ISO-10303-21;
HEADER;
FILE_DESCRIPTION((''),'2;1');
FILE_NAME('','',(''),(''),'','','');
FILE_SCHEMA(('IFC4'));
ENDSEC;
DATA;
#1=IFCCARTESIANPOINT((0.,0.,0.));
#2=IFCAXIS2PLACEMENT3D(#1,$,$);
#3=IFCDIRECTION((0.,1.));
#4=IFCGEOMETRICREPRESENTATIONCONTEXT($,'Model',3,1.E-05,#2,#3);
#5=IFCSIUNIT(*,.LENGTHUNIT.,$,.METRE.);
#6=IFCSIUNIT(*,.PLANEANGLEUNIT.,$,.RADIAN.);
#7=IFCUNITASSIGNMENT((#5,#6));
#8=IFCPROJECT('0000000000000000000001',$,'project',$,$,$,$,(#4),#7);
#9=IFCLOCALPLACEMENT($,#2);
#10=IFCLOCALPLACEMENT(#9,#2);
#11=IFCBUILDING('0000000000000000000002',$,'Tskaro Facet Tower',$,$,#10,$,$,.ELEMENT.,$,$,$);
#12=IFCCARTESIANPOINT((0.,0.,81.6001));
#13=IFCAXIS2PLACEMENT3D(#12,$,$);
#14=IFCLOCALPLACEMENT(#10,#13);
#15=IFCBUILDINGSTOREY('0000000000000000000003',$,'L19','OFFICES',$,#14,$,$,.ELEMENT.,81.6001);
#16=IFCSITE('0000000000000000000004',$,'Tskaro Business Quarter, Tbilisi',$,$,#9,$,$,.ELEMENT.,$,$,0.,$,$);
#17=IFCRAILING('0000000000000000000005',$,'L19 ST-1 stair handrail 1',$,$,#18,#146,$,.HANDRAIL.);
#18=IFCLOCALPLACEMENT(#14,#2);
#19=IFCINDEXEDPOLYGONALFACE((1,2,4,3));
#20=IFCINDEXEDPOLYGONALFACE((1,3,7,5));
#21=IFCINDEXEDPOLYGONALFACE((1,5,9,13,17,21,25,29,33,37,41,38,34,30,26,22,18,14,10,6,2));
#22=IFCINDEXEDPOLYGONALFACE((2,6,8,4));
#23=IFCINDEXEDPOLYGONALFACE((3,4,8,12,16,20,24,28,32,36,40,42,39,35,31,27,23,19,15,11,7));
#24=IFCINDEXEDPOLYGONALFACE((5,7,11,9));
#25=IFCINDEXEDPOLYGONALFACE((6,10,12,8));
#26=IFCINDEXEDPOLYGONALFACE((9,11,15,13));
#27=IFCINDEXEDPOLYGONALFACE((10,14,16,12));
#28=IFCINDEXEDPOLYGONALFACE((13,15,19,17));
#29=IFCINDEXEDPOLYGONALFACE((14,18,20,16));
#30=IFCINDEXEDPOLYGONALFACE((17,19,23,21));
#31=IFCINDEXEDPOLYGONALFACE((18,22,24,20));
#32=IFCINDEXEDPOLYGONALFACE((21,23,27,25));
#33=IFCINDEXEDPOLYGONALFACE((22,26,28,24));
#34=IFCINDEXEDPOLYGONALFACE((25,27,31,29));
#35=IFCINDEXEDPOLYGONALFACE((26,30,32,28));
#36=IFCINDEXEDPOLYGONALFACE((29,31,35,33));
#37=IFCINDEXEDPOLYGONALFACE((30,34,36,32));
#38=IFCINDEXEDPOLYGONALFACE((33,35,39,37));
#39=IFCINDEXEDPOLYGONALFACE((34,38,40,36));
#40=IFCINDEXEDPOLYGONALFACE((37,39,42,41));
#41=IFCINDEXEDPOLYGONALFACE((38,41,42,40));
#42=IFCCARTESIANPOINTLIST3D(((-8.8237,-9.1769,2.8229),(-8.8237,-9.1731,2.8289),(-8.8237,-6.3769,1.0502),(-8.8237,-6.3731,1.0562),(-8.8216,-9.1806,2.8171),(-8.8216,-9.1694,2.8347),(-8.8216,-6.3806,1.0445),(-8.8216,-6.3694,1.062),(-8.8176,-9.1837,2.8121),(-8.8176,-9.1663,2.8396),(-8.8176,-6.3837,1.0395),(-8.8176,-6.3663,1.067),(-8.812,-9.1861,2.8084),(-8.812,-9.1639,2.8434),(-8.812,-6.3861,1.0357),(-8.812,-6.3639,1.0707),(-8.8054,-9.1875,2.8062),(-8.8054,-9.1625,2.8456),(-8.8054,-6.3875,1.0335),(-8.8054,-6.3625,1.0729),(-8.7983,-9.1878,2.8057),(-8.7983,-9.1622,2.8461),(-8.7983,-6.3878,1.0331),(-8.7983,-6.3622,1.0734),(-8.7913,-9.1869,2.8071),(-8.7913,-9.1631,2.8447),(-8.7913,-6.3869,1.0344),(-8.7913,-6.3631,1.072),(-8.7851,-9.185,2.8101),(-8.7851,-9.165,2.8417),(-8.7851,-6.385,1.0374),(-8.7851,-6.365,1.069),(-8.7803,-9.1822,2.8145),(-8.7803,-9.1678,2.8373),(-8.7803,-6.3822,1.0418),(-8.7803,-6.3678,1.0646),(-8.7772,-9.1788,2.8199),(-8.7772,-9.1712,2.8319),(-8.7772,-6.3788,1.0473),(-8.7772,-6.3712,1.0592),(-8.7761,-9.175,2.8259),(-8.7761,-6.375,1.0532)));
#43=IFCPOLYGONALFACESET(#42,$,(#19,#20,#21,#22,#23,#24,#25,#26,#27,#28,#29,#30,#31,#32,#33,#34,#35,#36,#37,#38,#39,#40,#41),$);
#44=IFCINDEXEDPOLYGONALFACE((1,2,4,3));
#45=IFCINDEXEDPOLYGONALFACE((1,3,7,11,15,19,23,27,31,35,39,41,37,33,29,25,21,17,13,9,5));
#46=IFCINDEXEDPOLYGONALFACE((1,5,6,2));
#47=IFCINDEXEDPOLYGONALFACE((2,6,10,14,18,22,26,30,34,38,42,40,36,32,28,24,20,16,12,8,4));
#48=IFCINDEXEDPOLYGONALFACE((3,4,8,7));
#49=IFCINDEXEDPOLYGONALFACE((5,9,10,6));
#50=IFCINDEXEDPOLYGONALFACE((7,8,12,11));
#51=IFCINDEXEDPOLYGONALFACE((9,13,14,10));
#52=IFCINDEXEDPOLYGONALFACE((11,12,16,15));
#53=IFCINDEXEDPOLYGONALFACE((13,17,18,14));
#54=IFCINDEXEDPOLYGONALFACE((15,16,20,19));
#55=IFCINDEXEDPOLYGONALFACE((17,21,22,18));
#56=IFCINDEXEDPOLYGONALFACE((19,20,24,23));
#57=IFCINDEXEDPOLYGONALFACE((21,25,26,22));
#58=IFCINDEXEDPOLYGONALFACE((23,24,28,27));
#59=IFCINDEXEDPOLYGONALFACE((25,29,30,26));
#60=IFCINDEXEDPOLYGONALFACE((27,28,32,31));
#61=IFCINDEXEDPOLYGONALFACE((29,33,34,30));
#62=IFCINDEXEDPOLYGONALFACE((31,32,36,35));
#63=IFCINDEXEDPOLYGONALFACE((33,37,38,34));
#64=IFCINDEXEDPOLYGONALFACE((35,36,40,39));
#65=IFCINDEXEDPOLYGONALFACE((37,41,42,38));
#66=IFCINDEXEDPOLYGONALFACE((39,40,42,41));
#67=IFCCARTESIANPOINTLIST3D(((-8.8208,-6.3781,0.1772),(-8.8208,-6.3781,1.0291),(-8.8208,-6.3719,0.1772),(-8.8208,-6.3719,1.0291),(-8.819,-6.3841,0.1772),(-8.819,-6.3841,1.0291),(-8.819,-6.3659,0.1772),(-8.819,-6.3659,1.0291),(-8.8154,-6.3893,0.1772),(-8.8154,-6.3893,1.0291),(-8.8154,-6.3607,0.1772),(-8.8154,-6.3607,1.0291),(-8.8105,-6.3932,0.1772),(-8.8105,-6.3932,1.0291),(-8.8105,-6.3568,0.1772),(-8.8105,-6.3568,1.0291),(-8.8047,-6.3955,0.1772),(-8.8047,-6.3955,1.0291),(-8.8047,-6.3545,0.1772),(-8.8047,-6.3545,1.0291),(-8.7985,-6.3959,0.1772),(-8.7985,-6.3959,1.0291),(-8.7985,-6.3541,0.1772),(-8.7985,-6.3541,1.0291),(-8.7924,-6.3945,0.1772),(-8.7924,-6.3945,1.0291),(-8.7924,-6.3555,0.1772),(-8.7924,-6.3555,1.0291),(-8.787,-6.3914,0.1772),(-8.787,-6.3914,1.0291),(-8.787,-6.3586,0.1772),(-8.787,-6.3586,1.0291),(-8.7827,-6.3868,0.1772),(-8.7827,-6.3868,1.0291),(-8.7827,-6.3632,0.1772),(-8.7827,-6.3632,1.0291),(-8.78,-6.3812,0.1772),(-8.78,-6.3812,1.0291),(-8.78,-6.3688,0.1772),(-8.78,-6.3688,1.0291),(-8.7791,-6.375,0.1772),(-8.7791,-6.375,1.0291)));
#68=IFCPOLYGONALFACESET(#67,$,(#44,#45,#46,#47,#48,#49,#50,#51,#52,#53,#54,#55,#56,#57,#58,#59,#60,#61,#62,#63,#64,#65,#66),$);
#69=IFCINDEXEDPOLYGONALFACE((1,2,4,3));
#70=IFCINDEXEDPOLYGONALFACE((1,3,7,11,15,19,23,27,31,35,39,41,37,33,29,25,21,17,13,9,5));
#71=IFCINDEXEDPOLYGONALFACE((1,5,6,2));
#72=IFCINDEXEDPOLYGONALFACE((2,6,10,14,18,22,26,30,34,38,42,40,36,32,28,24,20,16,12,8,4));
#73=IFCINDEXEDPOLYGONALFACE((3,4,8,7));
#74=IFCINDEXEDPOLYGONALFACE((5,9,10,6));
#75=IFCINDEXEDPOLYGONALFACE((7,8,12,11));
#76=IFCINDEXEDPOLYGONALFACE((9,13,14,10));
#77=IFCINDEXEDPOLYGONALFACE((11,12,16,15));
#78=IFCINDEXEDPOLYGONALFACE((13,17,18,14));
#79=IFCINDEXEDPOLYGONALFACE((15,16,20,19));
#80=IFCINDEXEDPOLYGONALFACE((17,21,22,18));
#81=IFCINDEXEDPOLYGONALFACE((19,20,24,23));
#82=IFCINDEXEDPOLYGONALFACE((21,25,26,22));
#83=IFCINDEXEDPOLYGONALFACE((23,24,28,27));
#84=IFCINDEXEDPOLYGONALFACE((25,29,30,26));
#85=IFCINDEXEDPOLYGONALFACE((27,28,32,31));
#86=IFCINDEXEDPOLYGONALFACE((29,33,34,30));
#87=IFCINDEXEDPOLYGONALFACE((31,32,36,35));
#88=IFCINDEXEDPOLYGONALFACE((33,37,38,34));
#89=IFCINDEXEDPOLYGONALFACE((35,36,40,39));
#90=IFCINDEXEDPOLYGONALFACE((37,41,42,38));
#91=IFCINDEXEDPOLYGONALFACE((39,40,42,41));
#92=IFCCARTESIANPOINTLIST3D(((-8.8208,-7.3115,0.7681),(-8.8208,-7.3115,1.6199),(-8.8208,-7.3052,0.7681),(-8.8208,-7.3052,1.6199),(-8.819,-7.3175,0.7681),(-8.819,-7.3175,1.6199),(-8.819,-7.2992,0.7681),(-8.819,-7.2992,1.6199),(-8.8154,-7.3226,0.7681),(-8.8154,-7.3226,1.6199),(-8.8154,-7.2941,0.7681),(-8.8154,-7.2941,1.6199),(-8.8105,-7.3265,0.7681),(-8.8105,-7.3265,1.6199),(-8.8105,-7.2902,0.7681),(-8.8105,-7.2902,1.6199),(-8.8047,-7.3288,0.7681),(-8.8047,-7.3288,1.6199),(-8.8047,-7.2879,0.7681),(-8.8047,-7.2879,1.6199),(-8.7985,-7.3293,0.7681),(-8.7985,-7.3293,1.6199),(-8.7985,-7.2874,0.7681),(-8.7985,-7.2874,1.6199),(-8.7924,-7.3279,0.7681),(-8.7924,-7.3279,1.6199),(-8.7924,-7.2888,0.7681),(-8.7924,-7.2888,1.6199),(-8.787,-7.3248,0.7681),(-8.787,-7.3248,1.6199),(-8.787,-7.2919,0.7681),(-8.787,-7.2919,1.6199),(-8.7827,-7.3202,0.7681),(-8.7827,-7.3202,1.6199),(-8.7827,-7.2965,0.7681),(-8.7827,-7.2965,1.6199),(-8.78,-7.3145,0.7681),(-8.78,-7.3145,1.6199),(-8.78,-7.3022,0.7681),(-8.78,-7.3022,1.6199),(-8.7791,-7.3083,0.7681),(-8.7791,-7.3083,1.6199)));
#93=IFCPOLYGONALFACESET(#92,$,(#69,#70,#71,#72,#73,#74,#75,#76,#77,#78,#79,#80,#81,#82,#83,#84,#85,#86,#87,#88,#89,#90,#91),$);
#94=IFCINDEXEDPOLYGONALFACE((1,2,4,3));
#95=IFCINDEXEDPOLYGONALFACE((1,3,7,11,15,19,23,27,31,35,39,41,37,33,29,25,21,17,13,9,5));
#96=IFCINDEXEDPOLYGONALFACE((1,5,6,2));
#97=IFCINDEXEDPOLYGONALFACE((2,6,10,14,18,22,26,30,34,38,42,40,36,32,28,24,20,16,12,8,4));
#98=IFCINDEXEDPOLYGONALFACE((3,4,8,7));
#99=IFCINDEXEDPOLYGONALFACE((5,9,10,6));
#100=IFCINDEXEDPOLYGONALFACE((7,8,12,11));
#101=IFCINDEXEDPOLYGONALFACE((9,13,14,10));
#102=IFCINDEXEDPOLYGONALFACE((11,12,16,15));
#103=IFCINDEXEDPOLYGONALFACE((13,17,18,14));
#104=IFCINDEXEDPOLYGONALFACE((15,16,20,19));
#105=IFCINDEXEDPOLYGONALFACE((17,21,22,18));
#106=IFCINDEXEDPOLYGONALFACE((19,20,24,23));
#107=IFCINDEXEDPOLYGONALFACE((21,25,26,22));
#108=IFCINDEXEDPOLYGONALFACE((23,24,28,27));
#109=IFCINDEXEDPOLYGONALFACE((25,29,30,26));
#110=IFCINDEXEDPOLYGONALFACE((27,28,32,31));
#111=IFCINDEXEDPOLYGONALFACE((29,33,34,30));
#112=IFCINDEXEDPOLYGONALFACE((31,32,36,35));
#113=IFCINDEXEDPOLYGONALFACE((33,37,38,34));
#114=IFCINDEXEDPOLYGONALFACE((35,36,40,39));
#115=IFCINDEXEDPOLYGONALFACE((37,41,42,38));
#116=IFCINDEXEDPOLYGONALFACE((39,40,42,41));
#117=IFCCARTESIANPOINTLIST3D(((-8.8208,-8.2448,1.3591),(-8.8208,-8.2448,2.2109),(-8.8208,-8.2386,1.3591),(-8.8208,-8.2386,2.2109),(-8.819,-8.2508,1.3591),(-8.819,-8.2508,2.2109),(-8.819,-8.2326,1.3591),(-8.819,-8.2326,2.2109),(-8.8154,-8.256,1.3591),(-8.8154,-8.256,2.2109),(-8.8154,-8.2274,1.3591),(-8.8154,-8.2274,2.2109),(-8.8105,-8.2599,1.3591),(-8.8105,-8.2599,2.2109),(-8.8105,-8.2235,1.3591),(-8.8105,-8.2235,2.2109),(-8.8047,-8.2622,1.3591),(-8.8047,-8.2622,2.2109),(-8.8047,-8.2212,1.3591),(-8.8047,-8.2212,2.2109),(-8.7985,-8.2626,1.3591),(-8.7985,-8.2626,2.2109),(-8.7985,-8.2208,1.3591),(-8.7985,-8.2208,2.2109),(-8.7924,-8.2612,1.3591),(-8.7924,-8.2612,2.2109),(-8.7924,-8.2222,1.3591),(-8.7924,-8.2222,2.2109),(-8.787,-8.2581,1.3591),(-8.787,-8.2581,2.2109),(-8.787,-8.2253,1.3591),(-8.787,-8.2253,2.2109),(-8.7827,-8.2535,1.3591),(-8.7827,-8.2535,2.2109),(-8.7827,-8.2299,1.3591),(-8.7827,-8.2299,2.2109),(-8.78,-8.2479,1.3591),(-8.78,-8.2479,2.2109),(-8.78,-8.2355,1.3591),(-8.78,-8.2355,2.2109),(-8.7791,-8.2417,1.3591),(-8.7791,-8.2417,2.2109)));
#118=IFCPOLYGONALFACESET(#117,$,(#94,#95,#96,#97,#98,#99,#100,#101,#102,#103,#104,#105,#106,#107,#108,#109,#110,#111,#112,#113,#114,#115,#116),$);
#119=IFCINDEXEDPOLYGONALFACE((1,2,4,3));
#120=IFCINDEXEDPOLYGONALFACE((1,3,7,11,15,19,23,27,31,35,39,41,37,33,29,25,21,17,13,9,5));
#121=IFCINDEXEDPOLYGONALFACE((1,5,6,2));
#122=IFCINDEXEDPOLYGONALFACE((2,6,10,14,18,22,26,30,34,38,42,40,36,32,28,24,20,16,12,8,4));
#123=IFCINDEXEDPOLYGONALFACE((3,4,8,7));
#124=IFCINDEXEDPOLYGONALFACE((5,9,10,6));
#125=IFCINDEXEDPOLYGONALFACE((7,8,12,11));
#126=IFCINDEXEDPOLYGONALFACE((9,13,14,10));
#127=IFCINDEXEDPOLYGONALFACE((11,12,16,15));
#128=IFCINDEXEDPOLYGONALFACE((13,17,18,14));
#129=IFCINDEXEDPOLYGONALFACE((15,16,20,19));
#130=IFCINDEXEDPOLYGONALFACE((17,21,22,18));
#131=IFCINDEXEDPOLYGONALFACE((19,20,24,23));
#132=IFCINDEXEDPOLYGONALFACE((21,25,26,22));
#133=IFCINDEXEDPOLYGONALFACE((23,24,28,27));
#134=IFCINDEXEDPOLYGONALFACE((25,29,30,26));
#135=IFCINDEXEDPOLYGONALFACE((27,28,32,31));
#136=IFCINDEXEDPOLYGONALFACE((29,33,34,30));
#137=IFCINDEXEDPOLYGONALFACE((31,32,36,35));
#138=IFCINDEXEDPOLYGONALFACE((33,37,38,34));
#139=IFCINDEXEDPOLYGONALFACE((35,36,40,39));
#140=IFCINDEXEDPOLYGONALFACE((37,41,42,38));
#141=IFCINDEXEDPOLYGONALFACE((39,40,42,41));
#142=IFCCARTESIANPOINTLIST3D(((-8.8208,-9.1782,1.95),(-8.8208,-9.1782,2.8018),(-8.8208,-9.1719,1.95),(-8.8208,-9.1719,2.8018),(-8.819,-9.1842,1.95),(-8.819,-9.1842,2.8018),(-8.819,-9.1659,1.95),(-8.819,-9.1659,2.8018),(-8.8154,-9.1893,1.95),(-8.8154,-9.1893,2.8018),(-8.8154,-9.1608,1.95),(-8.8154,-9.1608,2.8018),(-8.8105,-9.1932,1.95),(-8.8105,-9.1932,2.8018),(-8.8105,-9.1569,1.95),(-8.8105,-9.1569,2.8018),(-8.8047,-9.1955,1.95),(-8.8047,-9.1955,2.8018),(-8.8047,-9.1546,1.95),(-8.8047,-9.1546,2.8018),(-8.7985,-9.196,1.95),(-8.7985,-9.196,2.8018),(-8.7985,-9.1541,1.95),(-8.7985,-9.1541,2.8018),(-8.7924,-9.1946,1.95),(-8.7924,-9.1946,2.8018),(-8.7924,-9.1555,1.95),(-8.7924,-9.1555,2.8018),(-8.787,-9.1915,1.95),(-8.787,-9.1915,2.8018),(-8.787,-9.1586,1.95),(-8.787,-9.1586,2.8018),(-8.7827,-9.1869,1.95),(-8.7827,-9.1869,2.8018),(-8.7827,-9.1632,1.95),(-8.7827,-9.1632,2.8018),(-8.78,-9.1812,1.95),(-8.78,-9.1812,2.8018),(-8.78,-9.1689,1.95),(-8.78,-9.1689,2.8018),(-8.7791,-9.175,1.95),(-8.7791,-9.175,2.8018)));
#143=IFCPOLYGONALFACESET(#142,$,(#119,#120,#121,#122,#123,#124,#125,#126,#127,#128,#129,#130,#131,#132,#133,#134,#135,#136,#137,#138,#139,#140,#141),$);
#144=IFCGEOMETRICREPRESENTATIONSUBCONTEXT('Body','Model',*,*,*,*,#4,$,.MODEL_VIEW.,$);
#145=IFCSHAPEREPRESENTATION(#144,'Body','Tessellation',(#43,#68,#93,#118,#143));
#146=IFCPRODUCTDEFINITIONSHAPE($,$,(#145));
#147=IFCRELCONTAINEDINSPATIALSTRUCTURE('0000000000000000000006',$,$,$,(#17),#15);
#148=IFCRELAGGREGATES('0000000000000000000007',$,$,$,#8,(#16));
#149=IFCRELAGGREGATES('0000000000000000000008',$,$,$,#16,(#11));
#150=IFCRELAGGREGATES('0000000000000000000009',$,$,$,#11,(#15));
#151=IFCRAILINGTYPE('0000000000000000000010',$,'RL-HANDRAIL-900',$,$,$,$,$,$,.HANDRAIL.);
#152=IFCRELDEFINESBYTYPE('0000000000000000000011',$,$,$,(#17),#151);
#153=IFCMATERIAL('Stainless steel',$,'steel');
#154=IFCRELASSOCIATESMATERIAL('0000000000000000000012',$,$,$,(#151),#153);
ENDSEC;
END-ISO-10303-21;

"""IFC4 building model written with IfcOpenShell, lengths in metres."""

from ifc_helpers import new_model, si_unit, direction, frame, origin, origin_2d, place, context, subcontext, project, spatial, circle, extrude, material, type_object, element, save


model = new_model("IFC4")

# Units and contexts
model_context = context("Model", 3, precision=1e-05, world=origin(), true_north=direction((0.0, 1.0)))
body_context = subcontext(model_context, "Body", "Model", "MODEL_VIEW")
ifc_project = project(units=[si_unit("LENGTHUNIT", "METRE"), si_unit("PLANEANGLEUNIT", "RADIAN")], contexts=[model_context])

# Site, building, storey
site_placement = place(None, origin())
site = spatial("IfcSite", under=ifc_project, at=site_placement, Name="Tskaro Business Quarter, Tbilisi", CompositionType="ELEMENT", RefElevation=0.0)
building_placement = place(site_placement, origin())
building = spatial("IfcBuilding", under=site, at=building_placement, Name="Tskaro Facet Tower", CompositionType="ELEMENT")
storey_placement = place(building_placement, frame((0.0, 0.0, 81.6001)))
storey = spatial("IfcBuildingStorey", under=building, at=storey_placement, Name="L19", Description="OFFICES", CompositionType="ELEMENT", Elevation=81.6001)

# Shared definitions
ifc_material_1 = material(Name="Stainless steel", Category="steel")

# Railing
railing_type_1 = type_object("IfcRailingType", Name="RL-HANDRAIL-900", PredefinedType="HANDRAIL", material=ifc_material_1)
railing_1_placement = place(storey_placement, frame((-8.8, -6.375, 0.1772)))
element("IfcRailing", 1, at=railing_1_placement, inside=storey, type_object=railing_type_1, Name="L19 ST-1 stair handrail 1", PredefinedType="HANDRAIL", context=body_context, shape_type="SweptSolid", body=[
    extrude(circle(Radius=0.0239, at=origin_2d()), frame((0.0, 0.0, 0.876), z_axis=(0.0, -0.844909, 0.53491), x_axis=(1.0, 0.0, 0.0)), (0.0, 0.0, 1.0), 3.314),
    extrude(circle(Radius=0.021, at=origin_2d()), origin(), (0.0, 0.0, 1.0), 0.8518),
    extrude(circle(Radius=0.021, at=origin_2d()), frame((0.0, -0.9333, 0.5908)), (0.0, 0.0, 1.0), 0.8518),
    extrude(circle(Radius=0.021, at=origin_2d()), frame((0.0, -1.8667, 1.1819)), (0.0, 0.0, 1.0), 0.8518),
    extrude(circle(Radius=0.021, at=origin_2d()), frame((0.0, -2.8, 1.7727)), (0.0, 0.0, 1.0), 0.8518),
])

save(model, "model.ifc")
